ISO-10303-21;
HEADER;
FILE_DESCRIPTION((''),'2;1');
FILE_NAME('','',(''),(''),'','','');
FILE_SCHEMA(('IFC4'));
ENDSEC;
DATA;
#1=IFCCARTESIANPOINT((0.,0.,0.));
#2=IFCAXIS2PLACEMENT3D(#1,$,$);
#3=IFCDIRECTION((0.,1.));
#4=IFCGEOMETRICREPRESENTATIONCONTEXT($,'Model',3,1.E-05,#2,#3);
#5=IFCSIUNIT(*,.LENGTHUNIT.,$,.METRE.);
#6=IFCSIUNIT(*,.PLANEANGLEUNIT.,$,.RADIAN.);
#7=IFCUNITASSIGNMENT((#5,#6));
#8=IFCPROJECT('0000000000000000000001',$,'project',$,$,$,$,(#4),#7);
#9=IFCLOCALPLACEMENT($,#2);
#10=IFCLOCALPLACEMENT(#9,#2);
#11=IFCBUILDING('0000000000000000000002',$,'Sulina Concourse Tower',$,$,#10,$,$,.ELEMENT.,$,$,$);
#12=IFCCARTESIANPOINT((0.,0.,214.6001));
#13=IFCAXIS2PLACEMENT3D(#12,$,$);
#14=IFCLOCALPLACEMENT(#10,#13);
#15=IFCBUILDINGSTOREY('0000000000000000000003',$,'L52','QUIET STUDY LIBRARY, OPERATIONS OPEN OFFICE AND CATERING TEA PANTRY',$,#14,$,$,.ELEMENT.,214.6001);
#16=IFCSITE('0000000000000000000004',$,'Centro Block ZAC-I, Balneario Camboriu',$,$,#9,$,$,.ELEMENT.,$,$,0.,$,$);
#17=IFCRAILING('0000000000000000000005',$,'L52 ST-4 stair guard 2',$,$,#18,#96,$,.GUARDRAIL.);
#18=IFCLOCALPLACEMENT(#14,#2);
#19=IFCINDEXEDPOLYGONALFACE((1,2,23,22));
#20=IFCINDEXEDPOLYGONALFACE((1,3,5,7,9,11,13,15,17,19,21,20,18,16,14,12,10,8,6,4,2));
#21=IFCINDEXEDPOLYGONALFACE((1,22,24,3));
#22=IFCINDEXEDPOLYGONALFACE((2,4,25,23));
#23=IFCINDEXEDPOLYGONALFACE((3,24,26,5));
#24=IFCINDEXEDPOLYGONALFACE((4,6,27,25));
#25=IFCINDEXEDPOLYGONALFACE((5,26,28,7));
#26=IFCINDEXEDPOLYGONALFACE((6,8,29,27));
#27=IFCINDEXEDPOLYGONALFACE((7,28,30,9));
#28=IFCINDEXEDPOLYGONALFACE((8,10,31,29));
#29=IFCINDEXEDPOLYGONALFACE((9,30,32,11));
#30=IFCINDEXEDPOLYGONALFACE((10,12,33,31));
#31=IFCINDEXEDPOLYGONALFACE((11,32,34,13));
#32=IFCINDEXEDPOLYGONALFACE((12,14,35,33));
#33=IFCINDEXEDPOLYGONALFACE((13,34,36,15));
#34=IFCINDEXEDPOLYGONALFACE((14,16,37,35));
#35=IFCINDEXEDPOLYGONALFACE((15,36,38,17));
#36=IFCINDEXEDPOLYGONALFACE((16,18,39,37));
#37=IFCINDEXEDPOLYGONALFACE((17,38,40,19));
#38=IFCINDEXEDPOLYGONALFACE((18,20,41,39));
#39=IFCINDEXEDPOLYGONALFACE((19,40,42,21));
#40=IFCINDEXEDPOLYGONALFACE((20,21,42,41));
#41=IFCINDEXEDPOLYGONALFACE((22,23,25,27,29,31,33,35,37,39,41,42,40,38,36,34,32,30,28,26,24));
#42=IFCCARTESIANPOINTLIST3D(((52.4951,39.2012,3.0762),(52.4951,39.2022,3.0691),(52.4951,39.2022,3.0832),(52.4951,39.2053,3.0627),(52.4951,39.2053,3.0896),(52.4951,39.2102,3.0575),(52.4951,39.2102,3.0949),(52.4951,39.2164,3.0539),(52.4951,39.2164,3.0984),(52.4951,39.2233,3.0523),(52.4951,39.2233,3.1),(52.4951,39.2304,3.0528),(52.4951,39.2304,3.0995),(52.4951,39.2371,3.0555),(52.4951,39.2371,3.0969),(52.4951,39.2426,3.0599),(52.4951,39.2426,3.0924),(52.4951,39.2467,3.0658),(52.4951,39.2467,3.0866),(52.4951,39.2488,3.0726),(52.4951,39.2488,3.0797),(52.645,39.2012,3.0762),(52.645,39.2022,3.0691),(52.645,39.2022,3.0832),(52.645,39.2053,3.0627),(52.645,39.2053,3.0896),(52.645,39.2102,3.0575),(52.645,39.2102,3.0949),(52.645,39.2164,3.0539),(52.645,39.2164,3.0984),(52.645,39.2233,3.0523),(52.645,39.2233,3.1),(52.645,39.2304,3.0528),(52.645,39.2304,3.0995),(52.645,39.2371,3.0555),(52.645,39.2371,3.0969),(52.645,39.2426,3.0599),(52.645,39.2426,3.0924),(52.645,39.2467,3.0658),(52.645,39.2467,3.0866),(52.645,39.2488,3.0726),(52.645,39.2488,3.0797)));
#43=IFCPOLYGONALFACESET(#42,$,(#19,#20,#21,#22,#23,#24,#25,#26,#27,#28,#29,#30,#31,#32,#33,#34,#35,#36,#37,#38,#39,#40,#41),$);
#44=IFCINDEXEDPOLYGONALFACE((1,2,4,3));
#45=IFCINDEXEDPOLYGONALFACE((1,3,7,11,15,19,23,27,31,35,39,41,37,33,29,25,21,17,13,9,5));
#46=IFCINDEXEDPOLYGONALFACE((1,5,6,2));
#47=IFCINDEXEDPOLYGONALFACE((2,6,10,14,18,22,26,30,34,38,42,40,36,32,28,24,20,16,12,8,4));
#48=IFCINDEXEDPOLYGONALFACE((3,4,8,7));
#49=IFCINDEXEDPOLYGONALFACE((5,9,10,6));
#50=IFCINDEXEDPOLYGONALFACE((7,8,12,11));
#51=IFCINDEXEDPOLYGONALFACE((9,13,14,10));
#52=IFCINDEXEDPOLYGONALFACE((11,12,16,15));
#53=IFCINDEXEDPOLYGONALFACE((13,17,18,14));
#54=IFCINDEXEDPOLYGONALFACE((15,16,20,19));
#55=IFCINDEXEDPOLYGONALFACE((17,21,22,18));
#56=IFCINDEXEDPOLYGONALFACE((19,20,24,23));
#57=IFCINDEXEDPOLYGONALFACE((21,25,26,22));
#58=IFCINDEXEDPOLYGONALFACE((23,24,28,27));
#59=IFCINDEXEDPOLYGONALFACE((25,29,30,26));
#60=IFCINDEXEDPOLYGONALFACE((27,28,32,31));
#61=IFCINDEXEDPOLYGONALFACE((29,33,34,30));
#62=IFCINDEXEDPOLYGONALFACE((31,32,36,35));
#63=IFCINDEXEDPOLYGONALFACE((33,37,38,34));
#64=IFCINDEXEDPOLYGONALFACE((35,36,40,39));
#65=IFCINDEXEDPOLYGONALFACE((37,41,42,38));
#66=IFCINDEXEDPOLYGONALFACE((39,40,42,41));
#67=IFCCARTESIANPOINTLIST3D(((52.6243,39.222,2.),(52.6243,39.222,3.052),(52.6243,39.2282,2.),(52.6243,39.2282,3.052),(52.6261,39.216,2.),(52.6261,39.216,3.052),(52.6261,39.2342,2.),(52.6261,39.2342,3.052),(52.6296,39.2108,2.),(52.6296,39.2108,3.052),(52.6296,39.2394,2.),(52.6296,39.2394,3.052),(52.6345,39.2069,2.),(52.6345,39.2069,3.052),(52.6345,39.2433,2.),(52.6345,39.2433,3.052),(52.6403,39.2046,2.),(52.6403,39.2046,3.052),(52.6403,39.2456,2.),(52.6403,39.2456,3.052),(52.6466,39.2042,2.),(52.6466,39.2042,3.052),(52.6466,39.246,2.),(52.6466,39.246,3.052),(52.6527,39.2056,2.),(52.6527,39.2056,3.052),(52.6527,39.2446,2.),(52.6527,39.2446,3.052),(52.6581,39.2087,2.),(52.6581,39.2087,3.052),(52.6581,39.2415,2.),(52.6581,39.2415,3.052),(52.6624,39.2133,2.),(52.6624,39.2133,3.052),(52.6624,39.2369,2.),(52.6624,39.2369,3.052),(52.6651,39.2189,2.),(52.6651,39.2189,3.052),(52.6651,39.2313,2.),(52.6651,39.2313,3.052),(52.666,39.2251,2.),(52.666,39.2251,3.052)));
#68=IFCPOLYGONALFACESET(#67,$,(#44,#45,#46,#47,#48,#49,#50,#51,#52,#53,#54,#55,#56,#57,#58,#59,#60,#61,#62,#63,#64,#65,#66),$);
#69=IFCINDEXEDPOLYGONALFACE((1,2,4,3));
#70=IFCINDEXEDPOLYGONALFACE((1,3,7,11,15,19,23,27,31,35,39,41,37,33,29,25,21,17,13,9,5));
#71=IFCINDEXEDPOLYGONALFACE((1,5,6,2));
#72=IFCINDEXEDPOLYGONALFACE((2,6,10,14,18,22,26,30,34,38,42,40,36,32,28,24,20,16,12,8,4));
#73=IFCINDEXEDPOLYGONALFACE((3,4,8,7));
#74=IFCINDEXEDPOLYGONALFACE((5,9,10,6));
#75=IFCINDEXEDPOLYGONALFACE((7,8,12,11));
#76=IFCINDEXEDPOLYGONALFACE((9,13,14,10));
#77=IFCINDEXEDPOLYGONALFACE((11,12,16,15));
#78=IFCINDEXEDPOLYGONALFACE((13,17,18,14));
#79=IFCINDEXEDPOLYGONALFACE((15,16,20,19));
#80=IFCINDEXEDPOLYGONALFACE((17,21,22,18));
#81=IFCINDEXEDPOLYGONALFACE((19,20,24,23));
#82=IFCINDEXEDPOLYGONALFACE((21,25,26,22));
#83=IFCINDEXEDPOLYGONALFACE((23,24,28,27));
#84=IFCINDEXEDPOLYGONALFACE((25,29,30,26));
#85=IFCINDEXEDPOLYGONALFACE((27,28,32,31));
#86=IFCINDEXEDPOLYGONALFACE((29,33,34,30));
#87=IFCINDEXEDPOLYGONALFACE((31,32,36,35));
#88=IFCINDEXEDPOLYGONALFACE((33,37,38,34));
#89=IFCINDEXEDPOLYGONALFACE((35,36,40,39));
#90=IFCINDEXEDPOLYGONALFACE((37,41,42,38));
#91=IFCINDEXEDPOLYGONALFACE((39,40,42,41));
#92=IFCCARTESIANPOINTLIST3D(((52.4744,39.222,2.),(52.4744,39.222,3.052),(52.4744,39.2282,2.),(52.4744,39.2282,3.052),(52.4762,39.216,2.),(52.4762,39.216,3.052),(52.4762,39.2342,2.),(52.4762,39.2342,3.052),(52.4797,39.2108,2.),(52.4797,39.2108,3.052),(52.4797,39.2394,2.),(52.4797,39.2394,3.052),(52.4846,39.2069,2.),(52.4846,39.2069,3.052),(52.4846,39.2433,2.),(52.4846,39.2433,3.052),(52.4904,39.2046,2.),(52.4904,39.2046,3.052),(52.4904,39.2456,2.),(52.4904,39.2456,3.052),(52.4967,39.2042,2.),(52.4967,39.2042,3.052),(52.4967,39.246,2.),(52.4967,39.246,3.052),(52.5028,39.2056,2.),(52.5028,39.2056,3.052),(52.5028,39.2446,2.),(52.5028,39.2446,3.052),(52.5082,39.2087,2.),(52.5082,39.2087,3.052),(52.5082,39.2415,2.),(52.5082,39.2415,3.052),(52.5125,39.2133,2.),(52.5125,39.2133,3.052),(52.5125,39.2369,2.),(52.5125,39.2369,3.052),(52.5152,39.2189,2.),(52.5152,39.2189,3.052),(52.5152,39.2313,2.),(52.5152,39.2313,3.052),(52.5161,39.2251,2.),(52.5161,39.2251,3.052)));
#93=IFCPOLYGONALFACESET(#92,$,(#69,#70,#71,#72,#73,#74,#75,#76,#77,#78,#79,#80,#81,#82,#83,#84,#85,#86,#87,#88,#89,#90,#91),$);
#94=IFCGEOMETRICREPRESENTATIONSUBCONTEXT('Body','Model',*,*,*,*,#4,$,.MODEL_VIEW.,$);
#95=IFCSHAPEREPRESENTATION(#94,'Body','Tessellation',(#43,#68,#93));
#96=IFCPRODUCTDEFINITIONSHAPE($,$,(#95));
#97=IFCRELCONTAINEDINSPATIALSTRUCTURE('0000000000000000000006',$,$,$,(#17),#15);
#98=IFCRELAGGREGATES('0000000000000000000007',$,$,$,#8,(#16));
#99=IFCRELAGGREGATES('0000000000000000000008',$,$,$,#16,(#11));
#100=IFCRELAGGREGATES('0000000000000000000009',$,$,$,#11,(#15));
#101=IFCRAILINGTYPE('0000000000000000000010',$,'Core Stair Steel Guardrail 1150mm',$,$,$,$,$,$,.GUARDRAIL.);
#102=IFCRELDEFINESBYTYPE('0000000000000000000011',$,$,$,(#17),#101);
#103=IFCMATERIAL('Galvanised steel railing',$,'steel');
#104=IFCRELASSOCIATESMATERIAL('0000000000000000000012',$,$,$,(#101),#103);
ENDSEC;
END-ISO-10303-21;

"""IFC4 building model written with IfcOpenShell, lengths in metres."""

from ifc_helpers import new_model, si_unit, direction, frame, origin, origin_2d, place, context, subcontext, project, spatial, circle, extrude, material, type_object, element, save


model = new_model("IFC4")

# Units and contexts
model_context = context("Model", 3, precision=1e-05, world=origin(), true_north=direction((0.0, 1.0)))
body_context = subcontext(model_context, "Body", "Model", "MODEL_VIEW")
ifc_project = project(units=[si_unit("LENGTHUNIT", "METRE"), si_unit("PLANEANGLEUNIT", "RADIAN")], contexts=[model_context])

# Site, building, storey
site_placement = place(None, origin())
site = spatial("IfcSite", under=ifc_project, at=site_placement, Name="Centro Block ZAC-I, Balneario Camboriu", CompositionType="ELEMENT", RefElevation=0.0)
building_placement = place(site_placement, origin())
building = spatial("IfcBuilding", under=site, at=building_placement, Name="Sulina Concourse Tower", CompositionType="ELEMENT")
storey_placement = place(building_placement, frame((0.0, 0.0, 214.6001)))
storey = spatial("IfcBuildingStorey", under=building, at=storey_placement, Name="L52", Description="QUIET STUDY LIBRARY, OPERATIONS OPEN OFFICE AND CATERING TEA PANTRY", CompositionType="ELEMENT", Elevation=214.6001)

# Railing
ifc_material_1 = material(Name="Galvanised steel railing", Category="steel")
railing_type_1 = type_object("IfcRailingType", Name="Core Stair Steel Guardrail 1150mm", PredefinedType="GUARDRAIL", material=ifc_material_1)
railing_1_placement = place(storey_placement, frame((52.645, 39.2251, 2.0)))
element("IfcRailing", 1, at=railing_1_placement, inside=storey, type_object=railing_type_1, Name="L52 ST-4 stair guard 2", PredefinedType="GUARDRAIL", context=body_context, shape_type="SweptSolid", body=[
    extrude(circle(Radius=0.0239, at=origin_2d()), frame((0.0, 0.0, 1.0762), z_axis=(-1.0, 0.0, 0.0), x_axis=(0.0, -1.0, 0.0)), (0.0, 0.0, 1.0), 0.1499),
    extrude(circle(Radius=0.021, at=origin_2d()), origin(), (0.0, 0.0, 1.0), 1.052),
    extrude(circle(Radius=0.021, at=origin_2d()), frame((-0.1499, 0.0, 0.0)), (0.0, 0.0, 1.0), 1.052),
])

save(model, "model.ifc")
